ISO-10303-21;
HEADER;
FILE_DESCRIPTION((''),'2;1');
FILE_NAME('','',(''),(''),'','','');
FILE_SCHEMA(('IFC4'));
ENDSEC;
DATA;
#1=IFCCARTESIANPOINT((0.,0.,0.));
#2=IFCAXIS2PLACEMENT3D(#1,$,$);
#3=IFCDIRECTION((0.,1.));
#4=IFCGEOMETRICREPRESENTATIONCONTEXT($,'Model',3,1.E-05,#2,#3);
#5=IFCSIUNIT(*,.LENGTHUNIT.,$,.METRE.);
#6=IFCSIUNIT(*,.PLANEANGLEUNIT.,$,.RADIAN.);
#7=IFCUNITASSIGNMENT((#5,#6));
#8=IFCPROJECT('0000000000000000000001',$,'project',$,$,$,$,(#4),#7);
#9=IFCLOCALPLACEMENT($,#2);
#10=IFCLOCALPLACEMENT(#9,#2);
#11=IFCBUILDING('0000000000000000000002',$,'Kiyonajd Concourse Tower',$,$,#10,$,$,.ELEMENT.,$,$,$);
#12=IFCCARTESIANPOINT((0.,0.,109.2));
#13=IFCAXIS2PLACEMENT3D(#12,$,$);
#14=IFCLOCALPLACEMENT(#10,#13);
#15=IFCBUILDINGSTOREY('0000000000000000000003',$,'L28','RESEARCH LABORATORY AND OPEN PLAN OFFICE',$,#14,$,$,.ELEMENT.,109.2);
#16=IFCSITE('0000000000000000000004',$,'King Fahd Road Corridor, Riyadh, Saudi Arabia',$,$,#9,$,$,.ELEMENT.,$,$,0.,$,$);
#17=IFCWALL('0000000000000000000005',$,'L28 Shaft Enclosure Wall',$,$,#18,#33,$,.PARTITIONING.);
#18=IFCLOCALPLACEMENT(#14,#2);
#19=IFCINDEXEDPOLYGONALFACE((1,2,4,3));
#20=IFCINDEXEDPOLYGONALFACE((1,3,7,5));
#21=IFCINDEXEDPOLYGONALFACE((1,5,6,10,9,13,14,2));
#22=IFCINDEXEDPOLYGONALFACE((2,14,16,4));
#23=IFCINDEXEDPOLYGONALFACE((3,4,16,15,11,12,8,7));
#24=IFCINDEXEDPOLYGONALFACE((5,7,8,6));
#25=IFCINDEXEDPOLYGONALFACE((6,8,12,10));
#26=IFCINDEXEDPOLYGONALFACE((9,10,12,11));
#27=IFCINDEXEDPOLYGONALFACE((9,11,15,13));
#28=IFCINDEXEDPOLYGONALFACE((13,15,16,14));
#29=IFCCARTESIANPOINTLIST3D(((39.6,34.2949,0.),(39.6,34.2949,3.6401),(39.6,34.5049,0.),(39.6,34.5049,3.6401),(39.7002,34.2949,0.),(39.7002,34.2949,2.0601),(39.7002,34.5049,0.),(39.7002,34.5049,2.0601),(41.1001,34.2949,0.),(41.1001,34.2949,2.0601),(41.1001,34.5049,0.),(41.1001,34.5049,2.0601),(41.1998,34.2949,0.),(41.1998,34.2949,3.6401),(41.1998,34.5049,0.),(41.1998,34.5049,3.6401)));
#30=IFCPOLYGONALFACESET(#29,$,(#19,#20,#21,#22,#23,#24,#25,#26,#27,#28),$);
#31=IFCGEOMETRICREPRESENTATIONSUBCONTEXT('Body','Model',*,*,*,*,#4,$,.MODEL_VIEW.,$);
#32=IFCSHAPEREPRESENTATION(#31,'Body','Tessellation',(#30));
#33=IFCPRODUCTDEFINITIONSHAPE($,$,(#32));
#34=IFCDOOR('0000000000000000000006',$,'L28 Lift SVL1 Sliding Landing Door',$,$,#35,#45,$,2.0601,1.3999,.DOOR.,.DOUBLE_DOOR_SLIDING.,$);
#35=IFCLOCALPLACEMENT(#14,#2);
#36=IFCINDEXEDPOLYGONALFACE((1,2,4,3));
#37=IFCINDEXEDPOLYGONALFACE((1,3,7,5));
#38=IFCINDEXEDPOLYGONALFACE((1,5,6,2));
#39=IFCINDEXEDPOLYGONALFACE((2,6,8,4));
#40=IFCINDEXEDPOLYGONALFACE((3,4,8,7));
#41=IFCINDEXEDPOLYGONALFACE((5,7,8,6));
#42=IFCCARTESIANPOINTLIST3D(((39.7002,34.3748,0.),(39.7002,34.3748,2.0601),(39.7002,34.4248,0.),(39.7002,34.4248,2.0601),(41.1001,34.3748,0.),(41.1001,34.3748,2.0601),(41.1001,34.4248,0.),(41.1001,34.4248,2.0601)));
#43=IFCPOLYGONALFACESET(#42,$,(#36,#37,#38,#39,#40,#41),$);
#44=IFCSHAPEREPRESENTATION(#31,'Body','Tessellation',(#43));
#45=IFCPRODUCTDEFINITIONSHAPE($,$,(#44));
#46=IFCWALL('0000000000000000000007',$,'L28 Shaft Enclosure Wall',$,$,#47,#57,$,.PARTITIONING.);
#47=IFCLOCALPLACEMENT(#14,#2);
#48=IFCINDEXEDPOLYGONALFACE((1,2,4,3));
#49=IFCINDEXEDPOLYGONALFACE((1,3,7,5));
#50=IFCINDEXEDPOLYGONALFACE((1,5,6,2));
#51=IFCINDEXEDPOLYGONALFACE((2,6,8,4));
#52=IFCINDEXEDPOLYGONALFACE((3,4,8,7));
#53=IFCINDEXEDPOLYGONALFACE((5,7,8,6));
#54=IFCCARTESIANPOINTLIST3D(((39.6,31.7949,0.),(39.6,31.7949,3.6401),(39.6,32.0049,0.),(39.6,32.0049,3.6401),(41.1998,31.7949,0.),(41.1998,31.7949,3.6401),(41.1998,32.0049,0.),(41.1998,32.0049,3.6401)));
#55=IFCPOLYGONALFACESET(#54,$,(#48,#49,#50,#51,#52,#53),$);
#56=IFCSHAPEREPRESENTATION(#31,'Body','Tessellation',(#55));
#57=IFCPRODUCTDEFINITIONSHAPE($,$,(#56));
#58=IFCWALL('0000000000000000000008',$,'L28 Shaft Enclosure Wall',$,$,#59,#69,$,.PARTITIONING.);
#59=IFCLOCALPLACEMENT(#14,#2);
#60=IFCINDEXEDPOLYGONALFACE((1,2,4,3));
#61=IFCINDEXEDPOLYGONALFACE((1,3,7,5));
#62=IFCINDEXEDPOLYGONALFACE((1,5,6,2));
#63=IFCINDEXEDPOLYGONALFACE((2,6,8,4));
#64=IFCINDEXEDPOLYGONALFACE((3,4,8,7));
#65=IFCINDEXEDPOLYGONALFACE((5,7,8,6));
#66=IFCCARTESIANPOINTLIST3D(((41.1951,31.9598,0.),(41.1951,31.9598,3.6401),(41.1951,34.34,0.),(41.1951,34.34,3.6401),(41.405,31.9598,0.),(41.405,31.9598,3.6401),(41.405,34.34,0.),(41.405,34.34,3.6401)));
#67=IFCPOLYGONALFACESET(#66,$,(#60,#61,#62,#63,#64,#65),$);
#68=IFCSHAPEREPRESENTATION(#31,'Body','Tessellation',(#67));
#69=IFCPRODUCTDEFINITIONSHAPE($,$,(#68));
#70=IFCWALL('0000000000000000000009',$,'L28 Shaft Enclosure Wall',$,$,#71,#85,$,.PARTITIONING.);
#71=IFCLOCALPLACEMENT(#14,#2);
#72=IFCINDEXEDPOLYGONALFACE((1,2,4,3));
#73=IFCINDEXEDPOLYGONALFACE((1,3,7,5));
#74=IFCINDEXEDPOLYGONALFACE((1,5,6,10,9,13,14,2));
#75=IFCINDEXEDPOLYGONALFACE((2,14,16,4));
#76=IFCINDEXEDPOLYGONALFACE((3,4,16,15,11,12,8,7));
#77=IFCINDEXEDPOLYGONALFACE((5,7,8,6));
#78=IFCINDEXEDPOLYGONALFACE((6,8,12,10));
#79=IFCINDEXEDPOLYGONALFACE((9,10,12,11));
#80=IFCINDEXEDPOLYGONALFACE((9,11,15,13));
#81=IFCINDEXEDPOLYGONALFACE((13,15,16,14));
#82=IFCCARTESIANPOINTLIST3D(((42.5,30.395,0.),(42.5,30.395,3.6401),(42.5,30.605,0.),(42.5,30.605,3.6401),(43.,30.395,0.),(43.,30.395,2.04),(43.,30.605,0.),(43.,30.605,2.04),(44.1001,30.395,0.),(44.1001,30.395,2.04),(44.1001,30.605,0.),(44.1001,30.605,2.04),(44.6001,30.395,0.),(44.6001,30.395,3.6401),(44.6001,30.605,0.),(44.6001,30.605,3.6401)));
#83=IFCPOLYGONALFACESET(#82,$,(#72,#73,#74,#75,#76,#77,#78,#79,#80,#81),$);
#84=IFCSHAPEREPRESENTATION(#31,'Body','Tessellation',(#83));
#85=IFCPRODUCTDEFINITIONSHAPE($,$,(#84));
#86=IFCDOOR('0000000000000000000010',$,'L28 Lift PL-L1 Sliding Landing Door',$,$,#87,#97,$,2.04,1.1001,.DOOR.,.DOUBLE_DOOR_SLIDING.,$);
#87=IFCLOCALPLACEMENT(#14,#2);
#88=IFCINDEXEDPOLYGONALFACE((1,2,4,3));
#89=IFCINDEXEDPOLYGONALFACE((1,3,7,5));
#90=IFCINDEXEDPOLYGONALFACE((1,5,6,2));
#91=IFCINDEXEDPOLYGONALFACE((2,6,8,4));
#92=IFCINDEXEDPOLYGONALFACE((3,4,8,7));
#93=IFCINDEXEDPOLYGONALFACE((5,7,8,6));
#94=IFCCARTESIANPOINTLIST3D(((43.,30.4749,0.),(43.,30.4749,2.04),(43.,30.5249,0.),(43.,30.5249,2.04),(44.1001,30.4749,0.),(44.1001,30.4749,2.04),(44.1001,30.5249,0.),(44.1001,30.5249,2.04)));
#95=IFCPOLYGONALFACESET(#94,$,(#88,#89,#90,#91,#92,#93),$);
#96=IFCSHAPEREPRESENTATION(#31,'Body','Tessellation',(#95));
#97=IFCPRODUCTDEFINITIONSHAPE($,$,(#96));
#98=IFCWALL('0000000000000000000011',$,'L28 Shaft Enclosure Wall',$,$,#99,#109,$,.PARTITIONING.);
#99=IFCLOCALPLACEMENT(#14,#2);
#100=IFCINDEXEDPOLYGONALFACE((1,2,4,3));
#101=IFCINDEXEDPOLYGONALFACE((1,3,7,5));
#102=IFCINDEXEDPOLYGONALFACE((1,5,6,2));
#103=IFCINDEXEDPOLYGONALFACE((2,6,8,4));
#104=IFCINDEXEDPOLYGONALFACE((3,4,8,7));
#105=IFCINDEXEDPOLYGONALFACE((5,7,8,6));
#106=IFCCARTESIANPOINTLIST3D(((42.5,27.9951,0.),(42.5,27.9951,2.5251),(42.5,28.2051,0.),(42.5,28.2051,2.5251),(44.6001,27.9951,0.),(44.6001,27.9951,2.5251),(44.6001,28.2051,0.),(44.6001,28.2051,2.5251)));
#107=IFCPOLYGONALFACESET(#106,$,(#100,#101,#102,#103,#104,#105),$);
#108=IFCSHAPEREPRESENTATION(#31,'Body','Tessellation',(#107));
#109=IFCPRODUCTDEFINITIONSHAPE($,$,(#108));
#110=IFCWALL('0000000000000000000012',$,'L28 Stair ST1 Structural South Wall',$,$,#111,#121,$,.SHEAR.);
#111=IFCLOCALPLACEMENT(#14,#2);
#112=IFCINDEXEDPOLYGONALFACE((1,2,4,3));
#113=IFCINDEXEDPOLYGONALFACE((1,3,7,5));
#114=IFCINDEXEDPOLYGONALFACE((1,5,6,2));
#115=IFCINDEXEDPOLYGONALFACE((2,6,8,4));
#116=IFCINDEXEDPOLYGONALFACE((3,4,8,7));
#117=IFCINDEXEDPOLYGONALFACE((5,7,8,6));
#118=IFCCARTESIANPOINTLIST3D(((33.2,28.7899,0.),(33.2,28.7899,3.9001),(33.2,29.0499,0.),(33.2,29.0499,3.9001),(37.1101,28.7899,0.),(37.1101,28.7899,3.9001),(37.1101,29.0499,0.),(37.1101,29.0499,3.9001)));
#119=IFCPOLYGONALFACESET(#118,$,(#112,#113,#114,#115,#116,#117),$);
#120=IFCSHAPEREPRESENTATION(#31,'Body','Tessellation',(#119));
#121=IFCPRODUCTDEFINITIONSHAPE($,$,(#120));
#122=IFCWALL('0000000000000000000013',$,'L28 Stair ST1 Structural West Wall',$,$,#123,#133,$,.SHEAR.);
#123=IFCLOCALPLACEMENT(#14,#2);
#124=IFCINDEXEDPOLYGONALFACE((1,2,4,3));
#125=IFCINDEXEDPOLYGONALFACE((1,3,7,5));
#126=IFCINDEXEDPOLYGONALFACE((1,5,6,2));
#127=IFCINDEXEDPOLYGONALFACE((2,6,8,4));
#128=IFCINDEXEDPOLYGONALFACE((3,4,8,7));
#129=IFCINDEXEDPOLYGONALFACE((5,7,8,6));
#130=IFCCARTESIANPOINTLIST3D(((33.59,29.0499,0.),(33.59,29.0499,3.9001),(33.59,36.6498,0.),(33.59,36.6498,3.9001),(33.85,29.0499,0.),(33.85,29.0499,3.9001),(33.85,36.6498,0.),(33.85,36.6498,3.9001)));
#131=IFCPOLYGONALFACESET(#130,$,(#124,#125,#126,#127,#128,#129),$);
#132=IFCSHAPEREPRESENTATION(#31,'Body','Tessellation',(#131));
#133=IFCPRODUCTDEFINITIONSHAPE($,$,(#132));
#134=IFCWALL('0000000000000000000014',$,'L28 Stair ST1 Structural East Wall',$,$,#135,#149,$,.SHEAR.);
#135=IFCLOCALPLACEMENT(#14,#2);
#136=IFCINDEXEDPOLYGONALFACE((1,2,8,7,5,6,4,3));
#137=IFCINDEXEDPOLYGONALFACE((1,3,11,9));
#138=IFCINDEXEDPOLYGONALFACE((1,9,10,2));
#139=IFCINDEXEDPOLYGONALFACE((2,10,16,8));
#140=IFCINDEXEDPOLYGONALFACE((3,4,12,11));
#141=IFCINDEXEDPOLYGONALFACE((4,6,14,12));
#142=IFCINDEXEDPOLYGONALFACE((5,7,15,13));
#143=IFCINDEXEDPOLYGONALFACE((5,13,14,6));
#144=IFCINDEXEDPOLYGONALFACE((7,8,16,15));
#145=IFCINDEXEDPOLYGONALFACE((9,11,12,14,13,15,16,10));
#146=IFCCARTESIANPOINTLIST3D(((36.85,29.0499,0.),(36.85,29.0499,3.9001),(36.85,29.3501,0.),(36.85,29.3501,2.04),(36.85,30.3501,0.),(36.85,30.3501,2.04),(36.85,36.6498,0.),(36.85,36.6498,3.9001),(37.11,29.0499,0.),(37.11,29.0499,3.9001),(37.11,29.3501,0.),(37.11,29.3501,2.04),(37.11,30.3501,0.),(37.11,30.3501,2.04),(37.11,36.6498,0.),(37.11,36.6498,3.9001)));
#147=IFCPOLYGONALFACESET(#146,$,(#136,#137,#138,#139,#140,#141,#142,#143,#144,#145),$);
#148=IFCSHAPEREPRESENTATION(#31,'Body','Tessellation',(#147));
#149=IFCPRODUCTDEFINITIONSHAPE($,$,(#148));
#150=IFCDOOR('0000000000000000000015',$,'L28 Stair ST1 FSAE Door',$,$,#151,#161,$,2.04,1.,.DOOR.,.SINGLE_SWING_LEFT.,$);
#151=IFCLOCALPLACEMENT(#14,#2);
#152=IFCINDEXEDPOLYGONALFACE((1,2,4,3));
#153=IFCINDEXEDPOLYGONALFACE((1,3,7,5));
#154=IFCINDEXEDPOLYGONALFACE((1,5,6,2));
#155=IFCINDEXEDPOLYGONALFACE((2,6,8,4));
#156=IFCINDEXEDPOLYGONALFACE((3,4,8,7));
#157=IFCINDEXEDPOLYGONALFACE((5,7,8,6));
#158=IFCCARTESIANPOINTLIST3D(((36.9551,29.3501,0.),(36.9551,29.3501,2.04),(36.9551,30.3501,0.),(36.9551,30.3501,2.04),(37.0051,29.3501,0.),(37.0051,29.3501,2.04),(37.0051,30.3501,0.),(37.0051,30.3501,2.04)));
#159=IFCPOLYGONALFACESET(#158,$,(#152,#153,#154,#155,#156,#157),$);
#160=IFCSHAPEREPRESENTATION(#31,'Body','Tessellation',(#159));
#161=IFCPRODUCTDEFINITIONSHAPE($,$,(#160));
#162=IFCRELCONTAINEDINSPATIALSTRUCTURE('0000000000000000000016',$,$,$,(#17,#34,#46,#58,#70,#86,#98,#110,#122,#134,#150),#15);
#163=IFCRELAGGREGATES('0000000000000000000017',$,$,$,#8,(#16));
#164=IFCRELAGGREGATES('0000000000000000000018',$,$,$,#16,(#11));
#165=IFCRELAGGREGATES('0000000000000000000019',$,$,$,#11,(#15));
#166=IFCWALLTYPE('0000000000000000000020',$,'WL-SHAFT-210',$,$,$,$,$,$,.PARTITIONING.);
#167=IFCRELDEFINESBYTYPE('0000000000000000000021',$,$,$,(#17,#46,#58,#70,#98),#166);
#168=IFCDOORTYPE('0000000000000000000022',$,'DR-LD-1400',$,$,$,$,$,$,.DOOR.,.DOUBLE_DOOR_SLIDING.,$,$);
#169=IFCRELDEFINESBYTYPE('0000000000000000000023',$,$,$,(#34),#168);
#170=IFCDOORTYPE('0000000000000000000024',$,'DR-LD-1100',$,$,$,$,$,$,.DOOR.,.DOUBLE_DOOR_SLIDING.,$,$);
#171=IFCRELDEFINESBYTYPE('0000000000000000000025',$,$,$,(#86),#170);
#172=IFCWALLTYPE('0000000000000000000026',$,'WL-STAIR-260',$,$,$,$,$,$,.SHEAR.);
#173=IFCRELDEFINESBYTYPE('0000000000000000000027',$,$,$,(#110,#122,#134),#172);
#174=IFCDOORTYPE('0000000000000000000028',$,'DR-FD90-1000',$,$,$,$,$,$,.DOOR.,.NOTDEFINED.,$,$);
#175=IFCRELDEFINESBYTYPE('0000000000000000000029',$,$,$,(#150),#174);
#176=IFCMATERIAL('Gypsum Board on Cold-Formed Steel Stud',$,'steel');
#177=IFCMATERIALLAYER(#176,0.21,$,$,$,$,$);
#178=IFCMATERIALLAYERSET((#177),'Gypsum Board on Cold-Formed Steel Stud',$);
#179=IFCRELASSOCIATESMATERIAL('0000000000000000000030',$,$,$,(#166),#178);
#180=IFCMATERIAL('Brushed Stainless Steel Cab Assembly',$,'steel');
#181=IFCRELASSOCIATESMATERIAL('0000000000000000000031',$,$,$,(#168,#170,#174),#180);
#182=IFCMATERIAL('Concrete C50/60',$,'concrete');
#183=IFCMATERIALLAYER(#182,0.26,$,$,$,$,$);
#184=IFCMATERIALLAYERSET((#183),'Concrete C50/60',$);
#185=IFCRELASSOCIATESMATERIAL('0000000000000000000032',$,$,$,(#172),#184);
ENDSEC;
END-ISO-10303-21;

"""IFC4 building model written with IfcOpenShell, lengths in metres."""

from ifc_helpers import new_model, si_unit, direction, frame, frame_2d, origin, place, context, subcontext, project, spatial, rectangle, extrude, material, layer, layer_set, type_object, element, fill, save


model = new_model("IFC4")

# Units and contexts
model_context = context("Model", 3, precision=1e-05, world=origin(), true_north=direction((0.0, 1.0)))
body_context = subcontext(model_context, "Body", "Model", "MODEL_VIEW")
ifc_project = project(units=[si_unit("LENGTHUNIT", "METRE"), si_unit("PLANEANGLEUNIT", "RADIAN")], contexts=[model_context])

# Site, building, storey
site_placement = place(None, origin())
site = spatial("IfcSite", under=ifc_project, at=site_placement, Name="King Fahd Road Corridor, Riyadh, Saudi Arabia", CompositionType="ELEMENT", RefElevation=0.0)
building_placement = place(site_placement, origin())
building = spatial("IfcBuilding", under=site, at=building_placement, Name="Kiyonajd Concourse Tower", CompositionType="ELEMENT")
storey_placement = place(building_placement, frame((0.0, 0.0, 109.2)))
storey = spatial("IfcBuildingStorey", under=building, at=storey_placement, Name="L28", Description="RESEARCH LABORATORY AND OPEN PLAN OFFICE", CompositionType="ELEMENT", Elevation=109.2)

# Shared definitions
ifc_material_1 = material(Name="Concrete C50/60", Category="concrete")

# Shared definitions
ifc_material_2 = material(Name="Brushed Stainless Steel Cab Assembly", Category="steel")
ifc_material_3 = material(Name="Gypsum Board on Cold-Formed Steel Stud", Category="steel")
ifc_layer_1 = layer(ifc_material_3, 0.21)
ifc_layer_set_1 = layer_set([ifc_layer_1], Name="Gypsum Board on Cold-Formed Steel Stud")
wall_type_1 = type_object("IfcWallType", Name="WL-SHAFT-210", PredefinedType="PARTITIONING", material=ifc_layer_set_1)

# Wall, opening, door
wall_1_placement = place(storey_placement, frame((39.6001, 34.3999, 0.0), z_axis=(0.0, 0.0, 1.0), x_axis=(1.0, 0.0, 0.0)))
wall_1 = element("IfcWall", 1, at=wall_1_placement, inside=storey, type_object=wall_type_1, Name="L28 Shaft Enclosure Wall", PredefinedType="PARTITIONING", context=body_context, shape_type="SweptSolid", body=[
    extrude(rectangle(XDim=1.5999, YDim=0.21, at=frame_2d((0.7998, 0.0))), origin(), (0.0, 0.0, 1.0), 3.6401),
])
opening_1_placement = place(wall_1_placement, frame((0.1001, 0.0, 0.0)))
opening_1 = element("IfcOpeningElement", 2, at=opening_1_placement, cuts=wall_1, PredefinedType="OPENING", context=body_context, shape_type="SweptSolid", body=[
    extrude(rectangle(XDim=1.3999, YDim=2.0601, at=frame_2d((0.7, 1.03))), frame((0.0, 0.115, 0.0), z_axis=(0.0, -1.0, 0.0), x_axis=(1.0, 0.0, 0.0)), (0.0, 0.0, 1.0), 0.23),
])
door_type_1 = type_object("IfcDoorType", Name="DR-LD-1400", OperationType="DOUBLE_DOOR_SLIDING", PredefinedType="DOOR", material=ifc_material_2)
door_1_placement = place(opening_1_placement, origin())
door_1 = element("IfcDoor", 3, at=door_1_placement, inside=storey, type_object=door_type_1, Name="L28 Lift SVL1 Sliding Landing Door", OperationType="DOUBLE_DOOR_SLIDING", OverallHeight=2.0601, OverallWidth=1.3999, PredefinedType="DOOR", context=body_context, shape_type="SweptSolid", body=[
    extrude(rectangle(XDim=1.3999, YDim=2.0601, at=frame_2d((0.7, 1.03))), frame((0.0, 0.0249, 0.0), z_axis=(0.0, -1.0, 0.0), x_axis=(1.0, 0.0, 0.0)), (0.0, 0.0, 1.0), 0.05),
])
fill(opening_1, door_1)

# Walls
wall_2_placement = place(storey_placement, frame((39.6001, 31.8999, 0.0), z_axis=(0.0, 0.0, 1.0), x_axis=(1.0, 0.0, 0.0)))
element("IfcWall", 4, at=wall_2_placement, inside=storey, type_object=wall_type_1, Name="L28 Shaft Enclosure Wall", PredefinedType="PARTITIONING", context=body_context, shape_type="SweptSolid", body=[
    extrude(rectangle(XDim=1.5999, YDim=0.21, at=frame_2d((0.7998, 0.0))), origin(), (0.0, 0.0, 1.0), 3.6401),
])
wall_3_placement = place(storey_placement, frame((41.3, 31.96, 0.0), z_axis=(0.0, 0.0, 1.0), x_axis=(0.0, 1.0, 0.0)))
element("IfcWall", 5, at=wall_3_placement, inside=storey, type_object=wall_type_1, Name="L28 Shaft Enclosure Wall", PredefinedType="PARTITIONING", context=body_context, shape_type="SweptSolid", body=[
    extrude(rectangle(XDim=2.3801, YDim=0.21, at=frame_2d((1.1899, 0.0))), origin(), (0.0, 0.0, 1.0), 3.6401),
])

# Wall, opening, door
wall_4_placement = place(storey_placement, frame((42.5, 30.5, 0.0), z_axis=(0.0, 0.0, 1.0), x_axis=(1.0, 0.0, 0.0)))
wall_4 = element("IfcWall", 6, at=wall_4_placement, inside=storey, type_object=wall_type_1, Name="L28 Shaft Enclosure Wall", PredefinedType="PARTITIONING", context=body_context, shape_type="SweptSolid", body=[
    extrude(rectangle(XDim=2.1001, YDim=0.21, at=frame_2d((1.05, 0.0))), origin(), (0.0, 0.0, 1.0), 3.6401),
])
opening_2_placement = place(wall_4_placement, frame((0.5, 0.0, 0.0)))
opening_2 = element("IfcOpeningElement", 7, at=opening_2_placement, cuts=wall_4, PredefinedType="OPENING", context=body_context, shape_type="SweptSolid", body=[
    extrude(rectangle(XDim=1.1001, YDim=2.04, at=frame_2d((0.55, 1.02))), frame((0.0, 0.115, 0.0), z_axis=(0.0, -1.0, 0.0), x_axis=(1.0, 0.0, 0.0)), (0.0, 0.0, 1.0), 0.23),
])
door_type_2 = type_object("IfcDoorType", Name="DR-LD-1100", OperationType="DOUBLE_DOOR_SLIDING", PredefinedType="DOOR", material=ifc_material_2)
door_2_placement = place(opening_2_placement, origin())
door_2 = element("IfcDoor", 8, at=door_2_placement, inside=storey, type_object=door_type_2, Name="L28 Lift PL-L1 Sliding Landing Door", OperationType="DOUBLE_DOOR_SLIDING", OverallHeight=2.04, OverallWidth=1.1001, PredefinedType="DOOR", context=body_context, shape_type="SweptSolid", body=[
    extrude(rectangle(XDim=1.1001, YDim=2.04, at=frame_2d((0.55, 1.02))), frame((0.0, 0.0249, 0.0), z_axis=(0.0, -1.0, 0.0), x_axis=(1.0, 0.0, 0.0)), (0.0, 0.0, 1.0), 0.05),
])
fill(opening_2, door_2)

# Walls
wall_5_placement = place(storey_placement, frame((42.5, 28.1001, 0.0), z_axis=(0.0, 0.0, 1.0), x_axis=(1.0, 0.0, 0.0)))
element("IfcWall", 9, at=wall_5_placement, inside=storey, type_object=wall_type_1, Name="L28 Shaft Enclosure Wall", PredefinedType="PARTITIONING", context=body_context, shape_type="SweptSolid", body=[
    extrude(rectangle(XDim=2.1001, YDim=0.21, at=frame_2d((1.05, 0.0))), origin(), (0.0, 0.0, 1.0), 2.5251),
])
ifc_layer_2 = layer(ifc_material_1, 0.26)
ifc_layer_set_2 = layer_set([ifc_layer_2], Name="Concrete C50/60")
wall_type_2 = type_object("IfcWallType", Name="WL-STAIR-260", PredefinedType="SHEAR", material=ifc_layer_set_2)
wall_6_placement = place(storey_placement, frame((33.2, 28.9199, 0.0), z_axis=(0.0, 0.0, 1.0), x_axis=(1.0, 0.0, 0.0)))
element("IfcWall", 10, at=wall_6_placement, inside=storey, type_object=wall_type_2, Name="L28 Stair ST1 Structural South Wall", PredefinedType="SHEAR", context=body_context, shape_type="SweptSolid", body=[
    extrude(rectangle(XDim=3.9102, YDim=0.26, at=frame_2d((1.9551, 0.0))), origin(), (0.0, 0.0, 1.0), 3.9001),
])
wall_7_placement = place(storey_placement, frame((33.72, 29.05, 0.0), z_axis=(0.0, 0.0, 1.0), x_axis=(0.0, 1.0, 0.0)))
element("IfcWall", 11, at=wall_7_placement, inside=storey, type_object=wall_type_2, Name="L28 Stair ST1 Structural West Wall", PredefinedType="SHEAR", context=body_context, shape_type="SweptSolid", body=[
    extrude(rectangle(XDim=7.5999, YDim=0.26, at=frame_2d((3.7998, 0.0))), origin(), (0.0, 0.0, 1.0), 3.9001),
])

# Wall, opening, door
wall_8_placement = place(storey_placement, frame((36.98, 29.05, 0.0), z_axis=(0.0, 0.0, 1.0), x_axis=(0.0, 1.0, 0.0)))
wall_8 = element("IfcWall", 12, at=wall_8_placement, inside=storey, type_object=wall_type_2, Name="L28 Stair ST1 Structural East Wall", PredefinedType="SHEAR", context=body_context, shape_type="SweptSolid", body=[
    extrude(rectangle(XDim=7.5999, YDim=0.26, at=frame_2d((3.7998, 0.0))), origin(), (0.0, 0.0, 1.0), 3.9001),
])
opening_3_placement = place(wall_8_placement, frame((0.3, 0.0, 0.0)))
opening_3 = element("IfcOpeningElement", 13, at=opening_3_placement, cuts=wall_8, PredefinedType="OPENING", context=body_context, shape_type="SweptSolid", body=[
    extrude(rectangle(XDim=1.0, YDim=2.04, at=frame_2d((0.5, 1.02))), frame((0.0, 0.1399, 0.0), z_axis=(0.0, -1.0, 0.0), x_axis=(1.0, 0.0, 0.0)), (0.0, 0.0, 1.0), 0.28),
])
door_type_3 = type_object("IfcDoorType", Name="DR-FD90-1000", OperationType="NOTDEFINED", PredefinedType="DOOR", material=ifc_material_2)
door_3_placement = place(opening_3_placement, origin())
door_3 = element("IfcDoor", 14, at=door_3_placement, inside=storey, type_object=door_type_3, Name="L28 Stair ST1 FSAE Door", OperationType="SINGLE_SWING_LEFT", OverallHeight=2.04, OverallWidth=1.0, PredefinedType="DOOR", context=body_context, shape_type="SweptSolid", body=[
    extrude(rectangle(XDim=1.0, YDim=2.04, at=frame_2d((0.5, 1.02))), frame((0.0, 0.0249, 0.0), z_axis=(0.0, -1.0, 0.0), x_axis=(1.0, 0.0, 0.0)), (0.0, 0.0, 1.0), 0.05),
])
fill(opening_3, door_3)

save(model, "model.ifc")
